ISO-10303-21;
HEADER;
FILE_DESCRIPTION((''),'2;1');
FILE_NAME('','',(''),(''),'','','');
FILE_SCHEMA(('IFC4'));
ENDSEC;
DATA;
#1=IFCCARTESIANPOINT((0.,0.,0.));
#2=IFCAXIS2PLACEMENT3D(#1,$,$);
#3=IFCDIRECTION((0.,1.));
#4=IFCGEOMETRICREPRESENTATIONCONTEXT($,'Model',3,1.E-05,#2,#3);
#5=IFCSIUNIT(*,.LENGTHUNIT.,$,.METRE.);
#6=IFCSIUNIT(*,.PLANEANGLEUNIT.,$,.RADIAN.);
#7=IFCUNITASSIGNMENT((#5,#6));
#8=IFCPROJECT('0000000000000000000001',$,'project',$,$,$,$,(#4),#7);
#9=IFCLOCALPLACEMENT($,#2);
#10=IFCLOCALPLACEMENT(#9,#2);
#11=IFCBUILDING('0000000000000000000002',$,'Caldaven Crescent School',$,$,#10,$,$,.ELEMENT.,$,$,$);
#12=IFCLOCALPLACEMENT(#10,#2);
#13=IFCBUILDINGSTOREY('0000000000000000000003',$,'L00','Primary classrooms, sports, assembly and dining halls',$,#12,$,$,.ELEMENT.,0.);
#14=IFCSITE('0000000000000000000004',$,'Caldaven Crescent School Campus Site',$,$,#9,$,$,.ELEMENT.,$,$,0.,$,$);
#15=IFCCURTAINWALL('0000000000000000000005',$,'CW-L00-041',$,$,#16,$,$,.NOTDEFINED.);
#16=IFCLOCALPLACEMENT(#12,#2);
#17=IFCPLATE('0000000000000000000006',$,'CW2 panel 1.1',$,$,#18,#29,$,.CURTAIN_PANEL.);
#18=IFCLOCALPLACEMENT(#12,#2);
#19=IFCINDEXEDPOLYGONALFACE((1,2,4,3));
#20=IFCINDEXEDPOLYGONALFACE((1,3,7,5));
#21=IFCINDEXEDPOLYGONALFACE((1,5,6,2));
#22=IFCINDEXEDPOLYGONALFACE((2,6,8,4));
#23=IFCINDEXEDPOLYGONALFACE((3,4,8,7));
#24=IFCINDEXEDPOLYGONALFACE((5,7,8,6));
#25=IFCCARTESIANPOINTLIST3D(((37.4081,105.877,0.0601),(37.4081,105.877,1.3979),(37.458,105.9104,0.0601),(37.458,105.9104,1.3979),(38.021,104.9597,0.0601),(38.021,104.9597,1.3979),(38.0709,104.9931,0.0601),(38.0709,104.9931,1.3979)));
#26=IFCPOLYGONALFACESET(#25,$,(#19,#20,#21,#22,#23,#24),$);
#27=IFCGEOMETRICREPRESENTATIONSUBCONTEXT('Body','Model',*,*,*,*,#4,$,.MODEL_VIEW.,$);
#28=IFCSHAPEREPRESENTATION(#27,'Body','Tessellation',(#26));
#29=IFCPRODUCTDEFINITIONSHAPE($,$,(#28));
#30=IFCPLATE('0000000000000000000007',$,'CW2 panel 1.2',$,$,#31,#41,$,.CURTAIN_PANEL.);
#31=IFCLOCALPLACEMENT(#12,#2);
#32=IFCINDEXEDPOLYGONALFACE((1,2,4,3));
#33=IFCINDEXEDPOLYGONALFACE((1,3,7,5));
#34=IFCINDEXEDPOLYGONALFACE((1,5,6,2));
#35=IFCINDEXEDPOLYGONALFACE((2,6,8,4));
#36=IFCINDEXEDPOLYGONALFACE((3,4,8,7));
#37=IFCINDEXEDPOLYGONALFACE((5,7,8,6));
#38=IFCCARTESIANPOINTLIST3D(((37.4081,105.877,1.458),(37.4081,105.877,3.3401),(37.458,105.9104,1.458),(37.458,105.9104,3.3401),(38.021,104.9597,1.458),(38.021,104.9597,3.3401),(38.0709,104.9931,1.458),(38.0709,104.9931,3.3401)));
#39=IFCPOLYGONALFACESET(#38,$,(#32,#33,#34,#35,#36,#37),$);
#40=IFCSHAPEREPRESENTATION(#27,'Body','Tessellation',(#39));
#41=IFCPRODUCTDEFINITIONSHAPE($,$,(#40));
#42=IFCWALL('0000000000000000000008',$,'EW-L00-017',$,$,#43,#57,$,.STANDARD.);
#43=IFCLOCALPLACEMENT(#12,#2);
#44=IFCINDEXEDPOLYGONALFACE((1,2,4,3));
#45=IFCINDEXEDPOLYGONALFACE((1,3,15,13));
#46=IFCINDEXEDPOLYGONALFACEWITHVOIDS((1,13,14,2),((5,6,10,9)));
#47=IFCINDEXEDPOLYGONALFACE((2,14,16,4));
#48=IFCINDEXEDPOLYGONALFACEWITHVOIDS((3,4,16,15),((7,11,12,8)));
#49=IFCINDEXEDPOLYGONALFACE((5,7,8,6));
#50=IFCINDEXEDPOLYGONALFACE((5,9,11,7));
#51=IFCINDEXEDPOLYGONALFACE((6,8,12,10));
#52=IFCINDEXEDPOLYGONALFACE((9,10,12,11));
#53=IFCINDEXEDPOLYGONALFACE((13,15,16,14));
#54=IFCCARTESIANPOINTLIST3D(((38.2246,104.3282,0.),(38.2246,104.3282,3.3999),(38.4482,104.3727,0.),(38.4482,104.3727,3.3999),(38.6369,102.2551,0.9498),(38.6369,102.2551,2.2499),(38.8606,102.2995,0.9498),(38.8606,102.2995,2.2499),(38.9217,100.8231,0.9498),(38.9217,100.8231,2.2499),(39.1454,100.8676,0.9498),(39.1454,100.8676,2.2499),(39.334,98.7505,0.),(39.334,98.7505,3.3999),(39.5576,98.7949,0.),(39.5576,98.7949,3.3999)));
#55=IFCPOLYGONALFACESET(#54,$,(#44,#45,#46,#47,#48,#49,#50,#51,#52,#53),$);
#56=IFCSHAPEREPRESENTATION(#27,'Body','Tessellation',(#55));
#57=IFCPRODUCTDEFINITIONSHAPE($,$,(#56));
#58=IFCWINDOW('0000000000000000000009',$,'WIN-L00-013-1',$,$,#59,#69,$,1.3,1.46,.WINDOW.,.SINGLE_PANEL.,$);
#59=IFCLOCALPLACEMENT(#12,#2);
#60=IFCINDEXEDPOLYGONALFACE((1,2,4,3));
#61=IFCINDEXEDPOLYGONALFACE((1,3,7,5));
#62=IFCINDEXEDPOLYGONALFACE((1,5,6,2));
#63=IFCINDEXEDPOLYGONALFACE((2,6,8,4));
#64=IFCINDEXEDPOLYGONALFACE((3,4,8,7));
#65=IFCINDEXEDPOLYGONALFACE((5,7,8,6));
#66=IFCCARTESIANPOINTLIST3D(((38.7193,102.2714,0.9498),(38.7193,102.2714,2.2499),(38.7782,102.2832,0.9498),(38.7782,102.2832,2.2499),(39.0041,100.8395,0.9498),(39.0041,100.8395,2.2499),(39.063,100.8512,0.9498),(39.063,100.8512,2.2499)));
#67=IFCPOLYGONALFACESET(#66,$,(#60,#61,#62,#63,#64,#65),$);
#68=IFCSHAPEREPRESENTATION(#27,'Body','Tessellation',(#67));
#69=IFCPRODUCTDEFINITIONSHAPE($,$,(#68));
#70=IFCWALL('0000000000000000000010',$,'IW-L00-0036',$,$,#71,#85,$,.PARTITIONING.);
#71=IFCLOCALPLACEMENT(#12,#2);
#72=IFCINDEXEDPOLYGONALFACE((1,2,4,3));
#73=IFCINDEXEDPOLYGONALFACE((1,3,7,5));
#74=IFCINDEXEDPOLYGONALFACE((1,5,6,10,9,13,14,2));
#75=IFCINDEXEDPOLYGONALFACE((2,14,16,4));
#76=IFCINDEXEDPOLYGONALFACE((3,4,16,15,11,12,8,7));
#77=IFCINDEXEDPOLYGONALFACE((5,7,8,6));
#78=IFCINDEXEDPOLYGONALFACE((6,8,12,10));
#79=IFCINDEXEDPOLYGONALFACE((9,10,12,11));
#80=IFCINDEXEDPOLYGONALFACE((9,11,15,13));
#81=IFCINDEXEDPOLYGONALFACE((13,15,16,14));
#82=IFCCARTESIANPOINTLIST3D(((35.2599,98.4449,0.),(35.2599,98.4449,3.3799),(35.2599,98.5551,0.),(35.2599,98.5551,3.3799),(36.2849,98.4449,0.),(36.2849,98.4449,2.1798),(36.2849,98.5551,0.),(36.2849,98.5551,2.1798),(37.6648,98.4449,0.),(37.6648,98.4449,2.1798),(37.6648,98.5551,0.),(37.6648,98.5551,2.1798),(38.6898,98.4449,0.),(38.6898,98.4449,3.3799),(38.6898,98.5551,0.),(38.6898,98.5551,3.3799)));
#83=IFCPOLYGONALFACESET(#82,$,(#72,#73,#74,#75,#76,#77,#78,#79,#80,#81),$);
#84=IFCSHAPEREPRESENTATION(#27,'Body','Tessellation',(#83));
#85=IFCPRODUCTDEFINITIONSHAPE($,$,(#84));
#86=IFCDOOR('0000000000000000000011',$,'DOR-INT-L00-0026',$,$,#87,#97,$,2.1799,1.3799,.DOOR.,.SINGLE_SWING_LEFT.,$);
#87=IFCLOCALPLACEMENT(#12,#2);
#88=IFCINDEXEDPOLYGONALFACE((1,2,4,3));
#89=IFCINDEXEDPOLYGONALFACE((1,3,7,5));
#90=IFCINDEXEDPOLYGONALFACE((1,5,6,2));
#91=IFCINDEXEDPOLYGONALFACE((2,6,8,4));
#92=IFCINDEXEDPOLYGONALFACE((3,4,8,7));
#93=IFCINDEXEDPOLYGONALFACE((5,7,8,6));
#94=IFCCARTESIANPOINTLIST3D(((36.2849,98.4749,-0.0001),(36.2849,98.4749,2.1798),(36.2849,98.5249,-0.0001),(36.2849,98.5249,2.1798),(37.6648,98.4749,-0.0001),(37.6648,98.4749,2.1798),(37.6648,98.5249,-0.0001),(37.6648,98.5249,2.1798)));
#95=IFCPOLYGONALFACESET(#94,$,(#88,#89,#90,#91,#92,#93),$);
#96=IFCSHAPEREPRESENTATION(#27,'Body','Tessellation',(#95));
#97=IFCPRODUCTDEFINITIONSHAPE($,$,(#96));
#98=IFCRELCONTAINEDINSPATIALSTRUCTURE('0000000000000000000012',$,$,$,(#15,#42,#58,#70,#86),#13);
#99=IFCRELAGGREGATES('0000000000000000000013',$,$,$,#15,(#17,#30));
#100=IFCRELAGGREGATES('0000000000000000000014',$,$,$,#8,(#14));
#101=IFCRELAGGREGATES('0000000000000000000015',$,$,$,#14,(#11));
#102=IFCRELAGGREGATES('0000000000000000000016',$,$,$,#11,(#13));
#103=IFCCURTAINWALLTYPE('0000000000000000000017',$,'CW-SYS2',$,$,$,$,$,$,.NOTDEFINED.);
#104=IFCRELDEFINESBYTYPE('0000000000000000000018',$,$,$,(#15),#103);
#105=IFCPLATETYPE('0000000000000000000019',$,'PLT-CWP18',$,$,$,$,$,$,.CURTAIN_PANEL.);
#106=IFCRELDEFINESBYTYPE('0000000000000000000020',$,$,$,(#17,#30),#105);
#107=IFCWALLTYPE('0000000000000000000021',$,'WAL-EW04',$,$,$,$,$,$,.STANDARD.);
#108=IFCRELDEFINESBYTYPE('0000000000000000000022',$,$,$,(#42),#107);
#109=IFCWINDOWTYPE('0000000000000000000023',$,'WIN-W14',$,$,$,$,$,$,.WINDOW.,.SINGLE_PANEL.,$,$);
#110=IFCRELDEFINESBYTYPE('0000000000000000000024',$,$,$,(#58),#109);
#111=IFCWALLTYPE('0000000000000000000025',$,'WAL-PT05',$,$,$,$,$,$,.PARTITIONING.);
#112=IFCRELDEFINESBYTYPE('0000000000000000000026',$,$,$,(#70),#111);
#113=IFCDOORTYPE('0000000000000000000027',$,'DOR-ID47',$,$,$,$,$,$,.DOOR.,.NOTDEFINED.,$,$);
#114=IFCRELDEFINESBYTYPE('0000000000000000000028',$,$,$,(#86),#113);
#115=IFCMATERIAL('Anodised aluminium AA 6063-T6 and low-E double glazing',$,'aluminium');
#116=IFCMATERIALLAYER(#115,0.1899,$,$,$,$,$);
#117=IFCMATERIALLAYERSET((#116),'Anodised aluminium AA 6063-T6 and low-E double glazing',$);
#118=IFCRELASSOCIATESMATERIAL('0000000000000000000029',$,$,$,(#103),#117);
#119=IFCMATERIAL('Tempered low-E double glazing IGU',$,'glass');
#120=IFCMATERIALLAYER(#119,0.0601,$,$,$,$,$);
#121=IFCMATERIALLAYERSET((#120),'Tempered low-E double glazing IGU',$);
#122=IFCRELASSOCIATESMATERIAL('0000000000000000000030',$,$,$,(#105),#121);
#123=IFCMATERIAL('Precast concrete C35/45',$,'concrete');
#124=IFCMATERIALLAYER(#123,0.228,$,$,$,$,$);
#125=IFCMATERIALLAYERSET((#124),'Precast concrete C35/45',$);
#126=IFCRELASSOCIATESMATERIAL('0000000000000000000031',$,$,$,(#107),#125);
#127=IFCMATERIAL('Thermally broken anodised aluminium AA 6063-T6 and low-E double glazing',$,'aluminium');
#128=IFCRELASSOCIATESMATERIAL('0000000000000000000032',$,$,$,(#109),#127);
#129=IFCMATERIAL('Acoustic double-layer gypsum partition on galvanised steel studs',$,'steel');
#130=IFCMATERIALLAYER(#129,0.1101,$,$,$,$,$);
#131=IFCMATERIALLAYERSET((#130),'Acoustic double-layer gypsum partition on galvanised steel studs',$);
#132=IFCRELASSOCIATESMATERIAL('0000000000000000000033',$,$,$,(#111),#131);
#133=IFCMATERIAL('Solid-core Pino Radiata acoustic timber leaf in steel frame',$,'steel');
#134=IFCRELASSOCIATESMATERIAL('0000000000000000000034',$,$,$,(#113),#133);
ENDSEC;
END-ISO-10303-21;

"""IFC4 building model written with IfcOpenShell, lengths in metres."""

from ifc_helpers import new_model, si_unit, direction, frame, frame_2d, origin, origin_2d, place, context, subcontext, project, spatial, rectangle, extrude, material, layer, layer_set, type_object, element, fill, aggregate, save


model = new_model("IFC4")

# Units and contexts
model_context = context("Model", 3, precision=1e-05, world=origin(), true_north=direction((0.0, 1.0)))
body_context = subcontext(model_context, "Body", "Model", "MODEL_VIEW")
ifc_project = project(units=[si_unit("LENGTHUNIT", "METRE"), si_unit("PLANEANGLEUNIT", "RADIAN")], contexts=[model_context])

# Site, building, storey
site_placement = place(None, origin())
site = spatial("IfcSite", under=ifc_project, at=site_placement, Name="Caldaven Crescent School Campus Site", CompositionType="ELEMENT", RefElevation=0.0)
building_placement = place(site_placement, origin())
building = spatial("IfcBuilding", under=site, at=building_placement, Name="Caldaven Crescent School", CompositionType="ELEMENT")
storey_placement = place(building_placement, origin())
storey = spatial("IfcBuildingStorey", under=building, at=storey_placement, Name="L00", Description="Primary classrooms, sports, assembly and dining halls", CompositionType="ELEMENT", Elevation=0.0)

# Curtain wall
ifc_material_1 = material(Name="Anodised aluminium AA 6063-T6 and low-E double glazing", Category="aluminium")
ifc_layer_1 = layer(ifc_material_1, 0.1899)
ifc_layer_set_1 = layer_set([ifc_layer_1], Name="Anodised aluminium AA 6063-T6 and low-E double glazing")
curtain_wall_type_1 = type_object("IfcCurtainWallType", Name="CW-SYS2", PredefinedType="NOTDEFINED", material=ifc_layer_set_1)
curtain_wall_1_placement = place(storey_placement, origin())
curtain_wall_1 = element("IfcCurtainWall", 1, at=curtain_wall_1_placement, inside=storey, type_object=curtain_wall_type_1, Name="CW-L00-041", PredefinedType="NOTDEFINED")

# Plates
ifc_material_2 = material(Name="Tempered low-E double glazing IGU", Category="glass")
ifc_layer_2 = layer(ifc_material_2, 0.0601)
ifc_layer_set_2 = layer_set([ifc_layer_2], Name="Tempered low-E double glazing IGU")
plate_type_1 = type_object("IfcPlateType", Name="PLT-CWP18", PredefinedType="CURTAIN_PANEL", material=ifc_layer_set_2)
plate_1_placement = place(storey_placement, frame((37.7395, 105.4351, 0.0601), z_axis=(0.0, 0.0, 1.0), x_axis=(-0.55557, 0.83147, 0.0)))
plate_1 = element("IfcPlate", 2, at=plate_1_placement, type_object=plate_type_1, Name="CW2 panel 1.1", PredefinedType="CURTAIN_PANEL", context=body_context, shape_type="SweptSolid", body=[
    extrude(rectangle(XDim=1.1033, YDim=0.0601, at=origin_2d()), origin(), (0.0, 0.0, 1.0), 1.3379),
])
plate_2_placement = place(storey_placement, frame((37.7395, 105.4351, 1.458), z_axis=(0.0, 0.0, 1.0), x_axis=(-0.55557, 0.83147, 0.0)))
plate_2 = element("IfcPlate", 3, at=plate_2_placement, type_object=plate_type_1, Name="CW2 panel 1.2", PredefinedType="CURTAIN_PANEL", context=body_context, shape_type="SweptSolid", body=[
    extrude(rectangle(XDim=1.1033, YDim=0.0601, at=origin_2d()), origin(), (0.0, 0.0, 1.0), 1.8821),
])
aggregate(curtain_wall_1, [plate_1, plate_2])

# Wall, opening, window
ifc_material_3 = material(Name="Precast concrete C35/45", Category="concrete")
ifc_layer_3 = layer(ifc_material_3, 0.228)
ifc_layer_set_3 = layer_set([ifc_layer_3], Name="Precast concrete C35/45")
wall_type_1 = type_object("IfcWallType", Name="WAL-EW04", PredefinedType="STANDARD", material=ifc_layer_set_3)
wall_1_placement = place(storey_placement, frame((39.4458, 98.7727, 0.0), z_axis=(0.0, 0.0, 1.0), x_axis=(-0.195076, 0.980788, 0.0)))
wall_1 = element("IfcWall", 4, at=wall_1_placement, inside=storey, type_object=wall_type_1, Name="EW-L00-017", PredefinedType="STANDARD", context=body_context, shape_type="SweptSolid", body=[
    extrude(rectangle(XDim=5.687, YDim=0.228, at=frame_2d((2.8435, 0.0))), origin(), (0.0, 0.0, 1.0), 3.3999),
])
opening_1_placement = place(wall_1_placement, frame((2.1133, 0.0, 0.95)))
opening_1 = element("IfcOpeningElement", 5, at=opening_1_placement, cuts=wall_1, PredefinedType="OPENING", context=body_context, shape_type="SweptSolid", body=[
    extrude(rectangle(XDim=1.46, YDim=1.3, at=frame_2d((0.73, 0.6499))), frame((0.0, 0.124, 0.0), z_axis=(0.0, -1.0, 0.0), x_axis=(1.0, 0.0, 0.0)), (0.0, 0.0, 1.0), 0.248),
])
ifc_material_4 = material(Name="Thermally broken anodised aluminium AA 6063-T6 and low-E double glazing", Category="aluminium")
window_type = type_object("IfcWindowType", Name="WIN-W14", PartitioningType="SINGLE_PANEL", PredefinedType="WINDOW", material=ifc_material_4)
window_placement = place(opening_1_placement, origin())
window = element("IfcWindow", 6, at=window_placement, inside=storey, type_object=window_type, Name="WIN-L00-013-1", OverallHeight=1.3, OverallWidth=1.46, PartitioningType="SINGLE_PANEL", PredefinedType="WINDOW", context=body_context, shape_type="SweptSolid", body=[
    extrude(rectangle(XDim=1.46, YDim=1.3, at=frame_2d((0.73, 0.6499))), frame((0.0, 0.03, 0.0), z_axis=(0.0, -1.0, 0.0), x_axis=(1.0, 0.0, 0.0)), (0.0, 0.0, 1.0), 0.0601),
])
fill(opening_1, window)

# Wall, opening, door
ifc_material_5 = material(Name="Acoustic double-layer gypsum partition on galvanised steel studs", Category="steel")
ifc_layer_4 = layer(ifc_material_5, 0.1101)
ifc_layer_set_4 = layer_set([ifc_layer_4], Name="Acoustic double-layer gypsum partition on galvanised steel studs")
wall_type_2 = type_object("IfcWallType", Name="WAL-PT05", PredefinedType="PARTITIONING", material=ifc_layer_set_4)
wall_2_placement = place(storey_placement, frame((35.26, 98.5, 0.0), z_axis=(0.0, 0.0, 1.0), x_axis=(1.0, 0.0, 0.0)))
wall_2 = element("IfcWall", 7, at=wall_2_placement, inside=storey, type_object=wall_type_2, Name="IW-L00-0036", PredefinedType="PARTITIONING", context=body_context, shape_type="SweptSolid", body=[
    extrude(rectangle(XDim=3.4299, YDim=0.1101, at=frame_2d((1.7148, 0.0))), origin(), (0.0, 0.0, 1.0), 3.3799),
])
opening_2_placement = place(wall_2_placement, frame((1.0249, 0.0, 0.0)))
opening_2 = element("IfcOpeningElement", 8, at=opening_2_placement, cuts=wall_2, PredefinedType="OPENING", context=body_context, shape_type="SweptSolid", body=[
    extrude(rectangle(XDim=1.3799, YDim=2.1799, at=frame_2d((0.6899, 1.0898))), frame((0.0, 0.0649, 0.0), z_axis=(0.0, -1.0, 0.0), x_axis=(1.0, 0.0, 0.0)), (0.0, 0.0, 1.0), 0.1301),
])
ifc_material_6 = material(Name="Solid-core Pino Radiata acoustic timber leaf in steel frame", Category="steel")
door_type = type_object("IfcDoorType", Name="DOR-ID47", OperationType="NOTDEFINED", PredefinedType="DOOR", material=ifc_material_6)
door_placement = place(opening_2_placement, origin())
door = element("IfcDoor", 9, at=door_placement, inside=storey, type_object=door_type, Name="DOR-INT-L00-0026", OperationType="SINGLE_SWING_LEFT", OverallHeight=2.1799, OverallWidth=1.3799, PredefinedType="DOOR", context=body_context, shape_type="SweptSolid", body=[
    extrude(rectangle(XDim=1.3799, YDim=2.1799, at=frame_2d((0.6899, 1.0898))), frame((0.0, 0.0249, 0.0), z_axis=(0.0, -1.0, 0.0), x_axis=(1.0, 0.0, 0.0)), (0.0, 0.0, 1.0), 0.05),
])
fill(opening_2, door)

save(model, "model.ifc")
